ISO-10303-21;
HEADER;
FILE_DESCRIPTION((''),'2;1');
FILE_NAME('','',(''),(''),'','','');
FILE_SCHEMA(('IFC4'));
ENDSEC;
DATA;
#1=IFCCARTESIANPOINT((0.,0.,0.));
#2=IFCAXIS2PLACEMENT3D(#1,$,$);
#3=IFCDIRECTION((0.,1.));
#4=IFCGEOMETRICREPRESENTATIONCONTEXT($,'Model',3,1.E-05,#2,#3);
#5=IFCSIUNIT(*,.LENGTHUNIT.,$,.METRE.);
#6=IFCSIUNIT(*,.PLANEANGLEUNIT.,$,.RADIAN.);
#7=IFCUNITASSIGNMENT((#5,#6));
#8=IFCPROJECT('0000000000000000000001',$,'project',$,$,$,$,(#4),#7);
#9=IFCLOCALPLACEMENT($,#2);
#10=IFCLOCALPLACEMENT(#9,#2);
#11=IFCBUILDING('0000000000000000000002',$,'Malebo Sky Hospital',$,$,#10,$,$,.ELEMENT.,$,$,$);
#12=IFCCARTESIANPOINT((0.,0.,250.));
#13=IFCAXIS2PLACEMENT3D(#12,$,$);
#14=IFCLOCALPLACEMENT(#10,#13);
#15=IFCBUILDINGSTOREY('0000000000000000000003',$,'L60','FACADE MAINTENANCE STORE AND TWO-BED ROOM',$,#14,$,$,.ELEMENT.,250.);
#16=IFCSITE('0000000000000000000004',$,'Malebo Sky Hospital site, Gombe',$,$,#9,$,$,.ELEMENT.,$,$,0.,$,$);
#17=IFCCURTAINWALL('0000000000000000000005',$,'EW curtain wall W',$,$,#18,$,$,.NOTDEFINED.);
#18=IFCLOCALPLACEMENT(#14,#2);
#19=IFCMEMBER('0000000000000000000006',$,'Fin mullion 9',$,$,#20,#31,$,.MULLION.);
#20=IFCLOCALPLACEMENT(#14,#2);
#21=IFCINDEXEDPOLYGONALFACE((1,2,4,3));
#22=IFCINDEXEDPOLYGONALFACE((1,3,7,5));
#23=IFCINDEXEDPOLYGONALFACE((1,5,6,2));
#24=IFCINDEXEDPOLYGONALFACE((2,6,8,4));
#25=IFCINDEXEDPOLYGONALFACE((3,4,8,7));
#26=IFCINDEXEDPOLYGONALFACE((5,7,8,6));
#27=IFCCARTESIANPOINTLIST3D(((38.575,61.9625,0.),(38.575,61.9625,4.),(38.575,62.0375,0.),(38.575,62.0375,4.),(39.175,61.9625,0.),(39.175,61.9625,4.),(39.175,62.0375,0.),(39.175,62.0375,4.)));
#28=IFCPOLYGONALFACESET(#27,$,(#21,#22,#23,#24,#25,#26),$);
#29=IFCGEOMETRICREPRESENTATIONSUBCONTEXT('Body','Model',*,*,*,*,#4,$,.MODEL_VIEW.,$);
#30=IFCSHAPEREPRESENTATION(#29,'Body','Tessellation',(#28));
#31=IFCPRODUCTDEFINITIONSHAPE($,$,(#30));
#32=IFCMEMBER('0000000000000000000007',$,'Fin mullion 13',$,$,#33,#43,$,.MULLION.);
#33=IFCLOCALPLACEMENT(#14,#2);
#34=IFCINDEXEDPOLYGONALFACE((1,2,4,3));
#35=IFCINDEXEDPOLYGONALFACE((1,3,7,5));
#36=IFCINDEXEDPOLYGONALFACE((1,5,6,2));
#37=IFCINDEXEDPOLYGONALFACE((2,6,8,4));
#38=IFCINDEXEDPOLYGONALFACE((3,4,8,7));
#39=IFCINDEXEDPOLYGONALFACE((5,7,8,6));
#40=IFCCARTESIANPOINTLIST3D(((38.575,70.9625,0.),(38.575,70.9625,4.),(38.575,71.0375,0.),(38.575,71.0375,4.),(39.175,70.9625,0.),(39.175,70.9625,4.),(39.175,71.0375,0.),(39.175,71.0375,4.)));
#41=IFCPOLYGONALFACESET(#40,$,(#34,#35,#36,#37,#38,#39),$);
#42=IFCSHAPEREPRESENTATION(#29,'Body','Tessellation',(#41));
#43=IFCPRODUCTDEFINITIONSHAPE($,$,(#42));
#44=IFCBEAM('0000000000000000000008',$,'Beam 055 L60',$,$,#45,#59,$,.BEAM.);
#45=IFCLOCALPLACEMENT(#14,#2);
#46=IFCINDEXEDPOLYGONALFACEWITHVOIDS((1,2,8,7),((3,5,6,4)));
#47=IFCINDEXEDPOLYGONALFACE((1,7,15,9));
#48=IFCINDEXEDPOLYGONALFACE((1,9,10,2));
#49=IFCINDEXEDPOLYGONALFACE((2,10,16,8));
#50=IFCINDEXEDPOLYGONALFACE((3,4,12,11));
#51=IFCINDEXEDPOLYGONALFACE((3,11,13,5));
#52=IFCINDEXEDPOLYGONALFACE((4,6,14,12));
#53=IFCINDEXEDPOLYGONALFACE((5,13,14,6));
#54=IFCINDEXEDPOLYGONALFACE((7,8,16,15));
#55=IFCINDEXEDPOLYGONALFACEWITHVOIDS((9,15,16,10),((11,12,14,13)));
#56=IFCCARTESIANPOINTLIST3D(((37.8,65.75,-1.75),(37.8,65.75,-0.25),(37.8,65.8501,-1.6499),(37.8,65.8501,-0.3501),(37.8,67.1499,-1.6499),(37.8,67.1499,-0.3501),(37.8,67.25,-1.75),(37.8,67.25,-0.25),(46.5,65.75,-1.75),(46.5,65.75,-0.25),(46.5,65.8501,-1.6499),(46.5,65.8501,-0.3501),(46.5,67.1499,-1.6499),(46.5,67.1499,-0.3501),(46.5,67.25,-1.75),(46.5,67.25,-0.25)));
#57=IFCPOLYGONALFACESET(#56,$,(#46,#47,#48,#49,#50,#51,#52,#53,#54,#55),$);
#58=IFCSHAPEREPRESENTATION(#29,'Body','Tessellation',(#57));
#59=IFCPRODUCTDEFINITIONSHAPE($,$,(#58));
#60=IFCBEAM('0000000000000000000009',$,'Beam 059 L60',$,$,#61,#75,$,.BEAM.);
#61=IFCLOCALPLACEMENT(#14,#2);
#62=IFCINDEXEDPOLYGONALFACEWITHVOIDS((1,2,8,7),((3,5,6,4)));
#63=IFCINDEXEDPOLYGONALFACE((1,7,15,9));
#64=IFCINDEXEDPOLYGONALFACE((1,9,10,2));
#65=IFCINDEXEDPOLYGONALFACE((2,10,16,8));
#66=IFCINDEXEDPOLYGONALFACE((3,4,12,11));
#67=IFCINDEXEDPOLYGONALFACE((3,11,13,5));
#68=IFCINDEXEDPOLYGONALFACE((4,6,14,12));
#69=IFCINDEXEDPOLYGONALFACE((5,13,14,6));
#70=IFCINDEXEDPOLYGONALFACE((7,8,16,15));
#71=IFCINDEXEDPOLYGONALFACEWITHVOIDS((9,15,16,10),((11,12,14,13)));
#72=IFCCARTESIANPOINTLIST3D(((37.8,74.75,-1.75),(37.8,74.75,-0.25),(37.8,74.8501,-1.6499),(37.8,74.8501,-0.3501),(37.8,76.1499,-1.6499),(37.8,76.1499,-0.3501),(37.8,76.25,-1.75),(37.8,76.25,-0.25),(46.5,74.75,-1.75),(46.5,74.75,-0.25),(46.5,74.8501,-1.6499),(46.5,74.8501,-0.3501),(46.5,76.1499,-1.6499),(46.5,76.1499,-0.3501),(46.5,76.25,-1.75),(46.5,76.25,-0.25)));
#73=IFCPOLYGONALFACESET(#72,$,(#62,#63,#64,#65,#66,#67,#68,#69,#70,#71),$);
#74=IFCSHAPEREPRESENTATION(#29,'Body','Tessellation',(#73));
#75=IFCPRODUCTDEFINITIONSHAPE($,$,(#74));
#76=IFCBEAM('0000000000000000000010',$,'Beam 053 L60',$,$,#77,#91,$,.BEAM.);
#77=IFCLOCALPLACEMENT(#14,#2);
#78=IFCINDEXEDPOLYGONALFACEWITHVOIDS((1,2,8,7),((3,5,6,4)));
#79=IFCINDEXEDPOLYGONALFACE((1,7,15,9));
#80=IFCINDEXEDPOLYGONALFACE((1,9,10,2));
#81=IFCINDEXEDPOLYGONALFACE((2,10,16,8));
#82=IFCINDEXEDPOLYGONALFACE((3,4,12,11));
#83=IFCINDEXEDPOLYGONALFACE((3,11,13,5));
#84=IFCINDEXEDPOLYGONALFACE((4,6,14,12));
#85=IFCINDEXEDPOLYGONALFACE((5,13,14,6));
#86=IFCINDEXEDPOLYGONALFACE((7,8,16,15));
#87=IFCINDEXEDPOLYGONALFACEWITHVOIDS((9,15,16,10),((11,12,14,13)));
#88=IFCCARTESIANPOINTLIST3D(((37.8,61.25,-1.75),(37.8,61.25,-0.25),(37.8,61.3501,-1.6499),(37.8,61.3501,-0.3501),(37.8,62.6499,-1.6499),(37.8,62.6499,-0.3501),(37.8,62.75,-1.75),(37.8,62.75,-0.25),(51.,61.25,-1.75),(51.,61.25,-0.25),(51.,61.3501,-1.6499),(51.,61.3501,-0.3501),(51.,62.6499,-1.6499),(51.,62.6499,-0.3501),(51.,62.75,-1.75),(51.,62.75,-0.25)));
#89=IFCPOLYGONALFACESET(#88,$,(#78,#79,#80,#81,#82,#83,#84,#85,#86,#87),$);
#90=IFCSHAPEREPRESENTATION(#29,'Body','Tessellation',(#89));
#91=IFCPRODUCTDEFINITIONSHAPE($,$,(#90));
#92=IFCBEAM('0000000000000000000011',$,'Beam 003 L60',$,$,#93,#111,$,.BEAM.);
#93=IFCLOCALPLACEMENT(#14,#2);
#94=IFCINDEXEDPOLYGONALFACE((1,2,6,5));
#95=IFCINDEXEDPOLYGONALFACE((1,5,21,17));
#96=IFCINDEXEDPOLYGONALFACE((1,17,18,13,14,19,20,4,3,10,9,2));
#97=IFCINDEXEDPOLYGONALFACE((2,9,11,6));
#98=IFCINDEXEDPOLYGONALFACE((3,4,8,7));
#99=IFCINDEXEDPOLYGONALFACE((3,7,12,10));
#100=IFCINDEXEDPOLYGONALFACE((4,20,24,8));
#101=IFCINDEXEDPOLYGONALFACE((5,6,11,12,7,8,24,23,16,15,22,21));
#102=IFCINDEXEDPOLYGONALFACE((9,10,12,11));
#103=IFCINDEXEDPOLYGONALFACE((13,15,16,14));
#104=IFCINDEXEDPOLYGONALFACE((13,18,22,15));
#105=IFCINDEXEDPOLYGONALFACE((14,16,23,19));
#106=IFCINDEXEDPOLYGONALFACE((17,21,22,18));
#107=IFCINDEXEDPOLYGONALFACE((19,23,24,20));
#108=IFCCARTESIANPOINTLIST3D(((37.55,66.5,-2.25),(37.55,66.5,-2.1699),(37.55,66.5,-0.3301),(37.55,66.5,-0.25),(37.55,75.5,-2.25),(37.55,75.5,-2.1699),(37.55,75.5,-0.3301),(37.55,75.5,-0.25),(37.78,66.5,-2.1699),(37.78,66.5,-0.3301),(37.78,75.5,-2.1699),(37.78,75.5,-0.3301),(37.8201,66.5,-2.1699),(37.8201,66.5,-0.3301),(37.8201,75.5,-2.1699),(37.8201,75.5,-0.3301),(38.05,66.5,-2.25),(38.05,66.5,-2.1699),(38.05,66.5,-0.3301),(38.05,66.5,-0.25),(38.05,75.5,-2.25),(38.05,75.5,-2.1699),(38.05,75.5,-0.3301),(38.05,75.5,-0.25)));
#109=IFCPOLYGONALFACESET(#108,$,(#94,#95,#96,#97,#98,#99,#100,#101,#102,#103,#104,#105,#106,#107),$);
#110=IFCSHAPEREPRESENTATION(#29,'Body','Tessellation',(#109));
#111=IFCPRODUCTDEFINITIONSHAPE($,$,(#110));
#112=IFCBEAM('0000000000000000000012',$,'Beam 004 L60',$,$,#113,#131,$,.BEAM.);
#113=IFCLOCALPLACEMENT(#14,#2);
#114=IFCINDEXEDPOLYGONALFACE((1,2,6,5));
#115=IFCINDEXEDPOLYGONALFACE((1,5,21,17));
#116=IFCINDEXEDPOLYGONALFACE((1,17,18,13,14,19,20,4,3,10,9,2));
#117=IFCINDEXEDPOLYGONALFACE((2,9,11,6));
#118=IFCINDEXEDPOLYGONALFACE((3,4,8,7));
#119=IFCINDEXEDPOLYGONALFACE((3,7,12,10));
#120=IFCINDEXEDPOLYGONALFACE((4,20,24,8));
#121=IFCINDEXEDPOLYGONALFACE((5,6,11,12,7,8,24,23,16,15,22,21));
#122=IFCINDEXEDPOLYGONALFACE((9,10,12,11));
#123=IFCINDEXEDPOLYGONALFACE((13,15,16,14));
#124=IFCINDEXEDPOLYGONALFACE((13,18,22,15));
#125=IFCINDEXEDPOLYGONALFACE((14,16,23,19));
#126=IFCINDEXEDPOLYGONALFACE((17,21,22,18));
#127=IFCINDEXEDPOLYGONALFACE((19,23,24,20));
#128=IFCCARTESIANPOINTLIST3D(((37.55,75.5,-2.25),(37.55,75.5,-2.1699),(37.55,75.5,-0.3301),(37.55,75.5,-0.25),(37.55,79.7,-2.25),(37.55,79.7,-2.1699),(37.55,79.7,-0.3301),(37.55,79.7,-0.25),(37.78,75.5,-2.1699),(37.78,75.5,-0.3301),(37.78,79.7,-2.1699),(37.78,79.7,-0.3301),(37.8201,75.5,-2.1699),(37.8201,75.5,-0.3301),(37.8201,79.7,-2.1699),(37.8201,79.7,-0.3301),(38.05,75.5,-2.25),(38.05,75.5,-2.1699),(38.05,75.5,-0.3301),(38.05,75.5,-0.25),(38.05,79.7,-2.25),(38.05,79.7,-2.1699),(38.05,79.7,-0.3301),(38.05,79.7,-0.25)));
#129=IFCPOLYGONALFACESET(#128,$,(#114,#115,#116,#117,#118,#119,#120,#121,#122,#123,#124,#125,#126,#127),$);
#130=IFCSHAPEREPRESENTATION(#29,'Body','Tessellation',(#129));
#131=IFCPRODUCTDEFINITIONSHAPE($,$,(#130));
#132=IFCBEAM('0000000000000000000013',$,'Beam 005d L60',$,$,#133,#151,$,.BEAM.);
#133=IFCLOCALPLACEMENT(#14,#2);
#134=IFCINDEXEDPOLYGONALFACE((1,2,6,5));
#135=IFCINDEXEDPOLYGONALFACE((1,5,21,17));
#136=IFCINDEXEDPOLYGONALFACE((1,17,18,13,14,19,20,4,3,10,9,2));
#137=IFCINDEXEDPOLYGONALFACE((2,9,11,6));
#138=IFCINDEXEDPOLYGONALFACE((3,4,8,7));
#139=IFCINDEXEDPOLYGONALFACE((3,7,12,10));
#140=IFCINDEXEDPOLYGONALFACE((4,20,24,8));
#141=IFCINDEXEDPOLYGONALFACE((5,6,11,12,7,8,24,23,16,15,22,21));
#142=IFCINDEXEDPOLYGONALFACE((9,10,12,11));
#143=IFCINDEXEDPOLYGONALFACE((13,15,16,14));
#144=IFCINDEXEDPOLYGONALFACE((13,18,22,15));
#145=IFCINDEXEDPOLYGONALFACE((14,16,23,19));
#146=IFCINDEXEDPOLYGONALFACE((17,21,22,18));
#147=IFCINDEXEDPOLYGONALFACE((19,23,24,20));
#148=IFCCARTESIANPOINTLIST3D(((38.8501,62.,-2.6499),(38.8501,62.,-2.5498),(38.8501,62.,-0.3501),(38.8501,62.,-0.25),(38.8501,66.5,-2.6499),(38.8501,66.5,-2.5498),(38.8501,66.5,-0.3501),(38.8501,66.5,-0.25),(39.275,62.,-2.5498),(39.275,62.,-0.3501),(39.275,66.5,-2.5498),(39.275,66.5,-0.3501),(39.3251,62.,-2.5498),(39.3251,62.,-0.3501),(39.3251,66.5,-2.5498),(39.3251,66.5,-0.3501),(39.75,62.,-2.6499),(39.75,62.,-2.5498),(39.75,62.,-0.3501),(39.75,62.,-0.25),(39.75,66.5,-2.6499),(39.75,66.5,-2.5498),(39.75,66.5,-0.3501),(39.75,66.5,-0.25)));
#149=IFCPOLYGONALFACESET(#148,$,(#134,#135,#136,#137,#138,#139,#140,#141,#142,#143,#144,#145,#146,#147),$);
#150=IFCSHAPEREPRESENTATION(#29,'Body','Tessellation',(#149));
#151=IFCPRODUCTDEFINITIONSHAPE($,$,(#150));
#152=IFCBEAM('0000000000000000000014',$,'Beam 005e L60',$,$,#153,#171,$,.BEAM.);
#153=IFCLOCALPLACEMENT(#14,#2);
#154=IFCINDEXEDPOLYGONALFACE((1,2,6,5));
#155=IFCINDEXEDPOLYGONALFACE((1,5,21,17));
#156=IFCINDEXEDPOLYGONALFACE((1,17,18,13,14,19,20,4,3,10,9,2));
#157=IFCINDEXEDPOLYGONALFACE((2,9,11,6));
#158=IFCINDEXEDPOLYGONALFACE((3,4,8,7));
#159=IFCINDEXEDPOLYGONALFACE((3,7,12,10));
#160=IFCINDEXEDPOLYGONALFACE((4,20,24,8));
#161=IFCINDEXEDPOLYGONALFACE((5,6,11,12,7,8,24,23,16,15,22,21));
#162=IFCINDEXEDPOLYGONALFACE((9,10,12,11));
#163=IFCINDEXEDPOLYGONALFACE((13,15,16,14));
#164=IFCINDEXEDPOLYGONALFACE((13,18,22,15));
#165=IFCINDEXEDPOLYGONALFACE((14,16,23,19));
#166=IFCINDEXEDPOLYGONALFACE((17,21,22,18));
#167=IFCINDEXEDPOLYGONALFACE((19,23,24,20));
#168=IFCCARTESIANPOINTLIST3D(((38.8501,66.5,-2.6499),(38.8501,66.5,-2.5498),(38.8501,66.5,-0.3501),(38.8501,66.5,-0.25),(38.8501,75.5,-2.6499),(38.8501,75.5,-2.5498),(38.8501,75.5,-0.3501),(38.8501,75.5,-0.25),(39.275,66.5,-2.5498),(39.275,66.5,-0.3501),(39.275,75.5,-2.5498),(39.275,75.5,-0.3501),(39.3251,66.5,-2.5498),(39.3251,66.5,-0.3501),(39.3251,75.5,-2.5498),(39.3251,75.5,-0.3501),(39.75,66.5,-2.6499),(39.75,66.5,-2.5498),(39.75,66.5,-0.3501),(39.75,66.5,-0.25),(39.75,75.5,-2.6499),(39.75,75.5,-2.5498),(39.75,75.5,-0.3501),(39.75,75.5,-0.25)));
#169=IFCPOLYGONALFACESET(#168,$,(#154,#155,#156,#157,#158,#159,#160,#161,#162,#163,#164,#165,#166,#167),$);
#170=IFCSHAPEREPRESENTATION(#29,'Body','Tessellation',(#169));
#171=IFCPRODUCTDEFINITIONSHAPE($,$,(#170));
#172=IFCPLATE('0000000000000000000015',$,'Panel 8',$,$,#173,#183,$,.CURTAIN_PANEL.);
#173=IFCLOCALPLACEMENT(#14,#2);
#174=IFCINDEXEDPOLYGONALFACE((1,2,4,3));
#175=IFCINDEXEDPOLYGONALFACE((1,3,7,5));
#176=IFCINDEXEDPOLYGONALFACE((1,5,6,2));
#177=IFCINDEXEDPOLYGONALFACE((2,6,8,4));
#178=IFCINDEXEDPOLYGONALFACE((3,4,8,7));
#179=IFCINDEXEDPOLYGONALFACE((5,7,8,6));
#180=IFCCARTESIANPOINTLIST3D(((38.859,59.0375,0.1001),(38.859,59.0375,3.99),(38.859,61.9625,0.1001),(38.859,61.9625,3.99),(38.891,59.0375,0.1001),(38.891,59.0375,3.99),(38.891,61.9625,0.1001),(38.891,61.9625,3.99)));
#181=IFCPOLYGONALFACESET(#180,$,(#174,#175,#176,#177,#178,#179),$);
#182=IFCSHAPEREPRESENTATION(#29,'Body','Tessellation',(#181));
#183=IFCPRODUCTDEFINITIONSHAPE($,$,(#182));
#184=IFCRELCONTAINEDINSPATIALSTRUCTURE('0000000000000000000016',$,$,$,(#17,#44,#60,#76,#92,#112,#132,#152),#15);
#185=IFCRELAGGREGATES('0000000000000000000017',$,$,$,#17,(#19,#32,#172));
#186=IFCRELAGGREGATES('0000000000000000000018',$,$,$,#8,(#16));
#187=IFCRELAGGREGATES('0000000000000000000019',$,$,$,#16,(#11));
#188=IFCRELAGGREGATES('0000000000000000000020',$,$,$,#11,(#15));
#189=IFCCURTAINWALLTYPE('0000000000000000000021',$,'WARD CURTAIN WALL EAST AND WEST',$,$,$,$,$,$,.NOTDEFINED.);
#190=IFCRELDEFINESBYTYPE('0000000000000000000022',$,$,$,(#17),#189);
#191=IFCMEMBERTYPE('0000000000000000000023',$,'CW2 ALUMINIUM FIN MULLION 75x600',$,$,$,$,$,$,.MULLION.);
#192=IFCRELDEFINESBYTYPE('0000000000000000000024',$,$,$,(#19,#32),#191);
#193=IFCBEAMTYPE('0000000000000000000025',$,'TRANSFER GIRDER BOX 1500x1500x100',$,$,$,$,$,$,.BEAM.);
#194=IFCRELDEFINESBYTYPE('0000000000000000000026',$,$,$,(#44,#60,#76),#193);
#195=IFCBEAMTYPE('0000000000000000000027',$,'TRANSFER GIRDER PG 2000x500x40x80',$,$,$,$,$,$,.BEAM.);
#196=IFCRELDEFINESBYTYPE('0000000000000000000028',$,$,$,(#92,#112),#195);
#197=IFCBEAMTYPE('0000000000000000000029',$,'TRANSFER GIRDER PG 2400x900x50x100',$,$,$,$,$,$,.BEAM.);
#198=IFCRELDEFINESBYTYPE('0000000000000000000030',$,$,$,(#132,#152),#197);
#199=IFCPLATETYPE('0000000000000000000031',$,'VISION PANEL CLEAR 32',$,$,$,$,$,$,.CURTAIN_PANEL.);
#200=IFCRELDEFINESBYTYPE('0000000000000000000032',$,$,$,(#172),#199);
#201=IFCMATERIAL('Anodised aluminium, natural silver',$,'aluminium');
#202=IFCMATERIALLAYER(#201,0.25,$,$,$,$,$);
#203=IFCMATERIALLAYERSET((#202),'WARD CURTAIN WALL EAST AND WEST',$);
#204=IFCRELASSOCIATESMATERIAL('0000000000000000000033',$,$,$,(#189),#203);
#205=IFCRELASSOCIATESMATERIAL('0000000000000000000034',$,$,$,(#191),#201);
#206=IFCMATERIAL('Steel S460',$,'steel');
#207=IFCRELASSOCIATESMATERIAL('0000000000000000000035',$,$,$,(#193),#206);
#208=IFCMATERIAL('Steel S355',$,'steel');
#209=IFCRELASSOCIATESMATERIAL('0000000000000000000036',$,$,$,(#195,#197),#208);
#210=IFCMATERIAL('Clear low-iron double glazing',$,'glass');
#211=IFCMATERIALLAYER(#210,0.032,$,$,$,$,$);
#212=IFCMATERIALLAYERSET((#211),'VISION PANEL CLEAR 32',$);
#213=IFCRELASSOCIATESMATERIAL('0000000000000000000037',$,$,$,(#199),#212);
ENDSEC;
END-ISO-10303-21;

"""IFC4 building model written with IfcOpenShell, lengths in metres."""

from ifc_helpers import new_model, si_unit, direction, frame, origin, origin_2d, place, context, subcontext, project, spatial, rectangle, hollow_rectangle, i_section, extrude, material, layer, layer_set, material_profile, profile_set, type_object, element, aggregate, save


model = new_model("IFC4")

# Units and contexts
model_context = context("Model", 3, precision=1e-05, world=origin(), true_north=direction((0.0, 1.0)))
body_context = subcontext(model_context, "Body", "Model", "MODEL_VIEW")
ifc_project = project(units=[si_unit("LENGTHUNIT", "METRE"), si_unit("PLANEANGLEUNIT", "RADIAN")], contexts=[model_context])

# Site, building, storey
site_placement = place(None, origin())
site = spatial("IfcSite", under=ifc_project, at=site_placement, Name="Malebo Sky Hospital site, Gombe", CompositionType="ELEMENT", RefElevation=0.0)
building_placement = place(site_placement, origin())
building = spatial("IfcBuilding", under=site, at=building_placement, Name="Malebo Sky Hospital", CompositionType="ELEMENT")
storey_placement = place(building_placement, frame((0.0, 0.0, 250.0)))
storey = spatial("IfcBuildingStorey", under=building, at=storey_placement, Name="L60", Description="FACADE MAINTENANCE STORE AND TWO-BED ROOM", CompositionType="ELEMENT", Elevation=250.0)

# Shared definitions
ifc_material_1 = material(Name="Steel S460", Category="steel")

# Curtain wall, members
ifc_material_2 = material(Name="Anodised aluminium, natural silver", Category="aluminium")
ifc_layer_1 = layer(ifc_material_2, 0.25)
ifc_layer_set_1 = layer_set([ifc_layer_1], Name="WARD CURTAIN WALL EAST AND WEST")
curtain_wall_type = type_object("IfcCurtainWallType", Name="WARD CURTAIN WALL EAST AND WEST", PredefinedType="NOTDEFINED", material=ifc_layer_set_1)
curtain_wall_placement = place(storey_placement, origin())
curtain_wall = element("IfcCurtainWall", 1, at=curtain_wall_placement, inside=storey, type_object=curtain_wall_type, Name="EW curtain wall W", PredefinedType="NOTDEFINED")
ifc_material_profile_1 = material_profile(ifc_material_2, rectangle(XDim=0.075, YDim=0.6001, at=origin_2d()), Name="CW2 ALUMINIUM FIN MULLION 75x600")
ifc_profile_set_1 = profile_set([ifc_material_profile_1], Name="Anodised aluminium, natural silver")
member_type_1 = type_object("IfcMemberType", Name="CW2 ALUMINIUM FIN MULLION 75x600", PredefinedType="MULLION", material=ifc_profile_set_1)
member_1_placement = place(storey_placement, frame((38.875, 62.0, 0.0), z_axis=(0.0, 0.0, 1.0), x_axis=(0.0, 1.0, 0.0)))
member_1 = element("IfcMember", 2, at=member_1_placement, type_object=member_type_1, Name="Fin mullion 9", PredefinedType="MULLION", context=body_context, shape_type="SweptSolid", body=[
    extrude(rectangle(XDim=0.075, YDim=0.6001, at=origin_2d()), origin(), (0.0, 0.0, 1.0), 4.0),
])
member_2_placement = place(storey_placement, frame((38.875, 71.0, 0.0), z_axis=(0.0, 0.0, 1.0), x_axis=(0.0, 1.0, 0.0)))
member_2 = element("IfcMember", 3, at=member_2_placement, type_object=member_type_1, Name="Fin mullion 13", PredefinedType="MULLION", context=body_context, shape_type="SweptSolid", body=[
    extrude(rectangle(XDim=0.075, YDim=0.6001, at=origin_2d()), origin(), (0.0, 0.0, 1.0), 4.0),
])

# Beams
ifc_material_profile_2 = material_profile(ifc_material_1, hollow_rectangle(XDim=1.5, YDim=1.5, WallThickness=0.1001, at=origin_2d()), Name="BOX 1500x1500x100")
ifc_profile_set_2 = profile_set([ifc_material_profile_2], Name="Steel S460")
beam_type_1 = type_object("IfcBeamType", Name="TRANSFER GIRDER BOX 1500x1500x100", PredefinedType="BEAM", material=ifc_profile_set_2)
for number, where, z_axis, x_axis, name in (
    (4, (37.8, 66.5, -1.0), (1.0, 0.0, 0.0), (0.0, 1.0, 0.0), "Beam 055 L60"),
    (5, (37.8, 75.5, -1.0), (1.0, 0.0, 0.0), (0.0, 1.0, 0.0), "Beam 059 L60"),
):
    element("IfcBeam", number, at=place(storey_placement, frame(where, z_axis=z_axis, x_axis=x_axis)), inside=storey, type_object=beam_type_1, Name=name, PredefinedType="BEAM", context=body_context, shape_type="SweptSolid", body=[
        extrude(hollow_rectangle(XDim=1.5, YDim=1.5, WallThickness=0.1001, at=origin_2d()), origin(), (0.0, 0.0, 1.0), 8.7),
    ])
beam_1_placement = place(storey_placement, frame((37.8, 62.0, -1.0), z_axis=(1.0, 0.0, 0.0), x_axis=(0.0, 1.0, 0.0)))
element("IfcBeam", 6, at=beam_1_placement, inside=storey, type_object=beam_type_1, Name="Beam 053 L60", PredefinedType="BEAM", context=body_context, shape_type="SweptSolid", body=[
    extrude(hollow_rectangle(XDim=1.5, YDim=1.5, WallThickness=0.1001, at=origin_2d()), origin(), (0.0, 0.0, 1.0), 13.2),
])
ifc_material_3 = material(Name="Steel S355", Category="steel")
ifc_material_profile_3 = material_profile(ifc_material_3, i_section(OverallWidth=0.5, OverallDepth=2.0, WebThickness=0.04, FlangeThickness=0.0801, at=origin_2d()), Name="PG 2000x500x40x80")
ifc_profile_set_3 = profile_set([ifc_material_profile_3], Name="Steel S355")
beam_type_2 = type_object("IfcBeamType", Name="TRANSFER GIRDER PG 2000x500x40x80", PredefinedType="BEAM", material=ifc_profile_set_3)
beam_2_placement = place(storey_placement, frame((37.8, 66.5, -1.25), z_axis=(0.0, 1.0, 0.0), x_axis=(-1.0, 0.0, 0.0)))
element("IfcBeam", 7, at=beam_2_placement, inside=storey, type_object=beam_type_2, Name="Beam 003 L60", PredefinedType="BEAM", context=body_context, shape_type="SweptSolid", body=[
    extrude(i_section(OverallWidth=0.5, OverallDepth=2.0, WebThickness=0.04, FlangeThickness=0.0801, at=origin_2d()), origin(), (0.0, 0.0, 1.0), 9.0),
])
beam_3_placement = place(storey_placement, frame((37.8, 75.5, -1.25), z_axis=(0.0, 1.0, 0.0), x_axis=(-1.0, 0.0, 0.0)))
element("IfcBeam", 8, at=beam_3_placement, inside=storey, type_object=beam_type_2, Name="Beam 004 L60", PredefinedType="BEAM", context=body_context, shape_type="SweptSolid", body=[
    extrude(i_section(OverallWidth=0.5, OverallDepth=2.0, WebThickness=0.04, FlangeThickness=0.0801, at=origin_2d()), origin(), (0.0, 0.0, 1.0), 4.2),
])
ifc_material_profile_4 = material_profile(ifc_material_3, i_section(OverallWidth=0.8999, OverallDepth=2.3999, WebThickness=0.05, FlangeThickness=0.1001, at=origin_2d()), Name="PG 2400x900x50x100")
ifc_profile_set_4 = profile_set([ifc_material_profile_4], Name="Steel S355")
beam_type_3 = type_object("IfcBeamType", Name="TRANSFER GIRDER PG 2400x900x50x100", PredefinedType="BEAM", material=ifc_profile_set_4)
beam_4_placement = place(storey_placement, frame((39.3, 62.0, -1.45), z_axis=(0.0, 1.0, 0.0), x_axis=(-1.0, 0.0, 0.0)))
element("IfcBeam", 9, at=beam_4_placement, inside=storey, type_object=beam_type_3, Name="Beam 005d L60", PredefinedType="BEAM", context=body_context, shape_type="SweptSolid", body=[
    extrude(i_section(OverallWidth=0.8999, OverallDepth=2.3999, WebThickness=0.05, FlangeThickness=0.1001, at=origin_2d()), origin(), (0.0, 0.0, 1.0), 4.5),
])
beam_5_placement = place(storey_placement, frame((39.3, 66.5, -1.45), z_axis=(0.0, 1.0, 0.0), x_axis=(-1.0, 0.0, 0.0)))
element("IfcBeam", 10, at=beam_5_placement, inside=storey, type_object=beam_type_3, Name="Beam 005e L60", PredefinedType="BEAM", context=body_context, shape_type="SweptSolid", body=[
    extrude(i_section(OverallWidth=0.8999, OverallDepth=2.3999, WebThickness=0.05, FlangeThickness=0.1001, at=origin_2d()), origin(), (0.0, 0.0, 1.0), 9.0),
])

# Plate
ifc_material_4 = material(Name="Clear low-iron double glazing", Category="glass")
ifc_layer_2 = layer(ifc_material_4, 0.032)
ifc_layer_set_2 = layer_set([ifc_layer_2], Name="VISION PANEL CLEAR 32")
plate_type = type_object("IfcPlateType", Name="VISION PANEL CLEAR 32", PredefinedType="CURTAIN_PANEL", material=ifc_layer_set_2)
plate_1_placement = place(storey_placement, frame((38.875, 60.5, 0.1001), z_axis=(0.0, 0.0, 1.0), x_axis=(0.0, 1.0, 0.0)))
plate_1 = element("IfcPlate", 11, at=plate_1_placement, type_object=plate_type, Name="Panel 8", PredefinedType="CURTAIN_PANEL", context=body_context, shape_type="SweptSolid", body=[
    extrude(rectangle(XDim=2.925, YDim=0.032, at=origin_2d()), origin(), (0.0, 0.0, 1.0), 3.8899),
])
aggregate(curtain_wall, [member_1, member_2, plate_1])

save(model, "model.ifc")
